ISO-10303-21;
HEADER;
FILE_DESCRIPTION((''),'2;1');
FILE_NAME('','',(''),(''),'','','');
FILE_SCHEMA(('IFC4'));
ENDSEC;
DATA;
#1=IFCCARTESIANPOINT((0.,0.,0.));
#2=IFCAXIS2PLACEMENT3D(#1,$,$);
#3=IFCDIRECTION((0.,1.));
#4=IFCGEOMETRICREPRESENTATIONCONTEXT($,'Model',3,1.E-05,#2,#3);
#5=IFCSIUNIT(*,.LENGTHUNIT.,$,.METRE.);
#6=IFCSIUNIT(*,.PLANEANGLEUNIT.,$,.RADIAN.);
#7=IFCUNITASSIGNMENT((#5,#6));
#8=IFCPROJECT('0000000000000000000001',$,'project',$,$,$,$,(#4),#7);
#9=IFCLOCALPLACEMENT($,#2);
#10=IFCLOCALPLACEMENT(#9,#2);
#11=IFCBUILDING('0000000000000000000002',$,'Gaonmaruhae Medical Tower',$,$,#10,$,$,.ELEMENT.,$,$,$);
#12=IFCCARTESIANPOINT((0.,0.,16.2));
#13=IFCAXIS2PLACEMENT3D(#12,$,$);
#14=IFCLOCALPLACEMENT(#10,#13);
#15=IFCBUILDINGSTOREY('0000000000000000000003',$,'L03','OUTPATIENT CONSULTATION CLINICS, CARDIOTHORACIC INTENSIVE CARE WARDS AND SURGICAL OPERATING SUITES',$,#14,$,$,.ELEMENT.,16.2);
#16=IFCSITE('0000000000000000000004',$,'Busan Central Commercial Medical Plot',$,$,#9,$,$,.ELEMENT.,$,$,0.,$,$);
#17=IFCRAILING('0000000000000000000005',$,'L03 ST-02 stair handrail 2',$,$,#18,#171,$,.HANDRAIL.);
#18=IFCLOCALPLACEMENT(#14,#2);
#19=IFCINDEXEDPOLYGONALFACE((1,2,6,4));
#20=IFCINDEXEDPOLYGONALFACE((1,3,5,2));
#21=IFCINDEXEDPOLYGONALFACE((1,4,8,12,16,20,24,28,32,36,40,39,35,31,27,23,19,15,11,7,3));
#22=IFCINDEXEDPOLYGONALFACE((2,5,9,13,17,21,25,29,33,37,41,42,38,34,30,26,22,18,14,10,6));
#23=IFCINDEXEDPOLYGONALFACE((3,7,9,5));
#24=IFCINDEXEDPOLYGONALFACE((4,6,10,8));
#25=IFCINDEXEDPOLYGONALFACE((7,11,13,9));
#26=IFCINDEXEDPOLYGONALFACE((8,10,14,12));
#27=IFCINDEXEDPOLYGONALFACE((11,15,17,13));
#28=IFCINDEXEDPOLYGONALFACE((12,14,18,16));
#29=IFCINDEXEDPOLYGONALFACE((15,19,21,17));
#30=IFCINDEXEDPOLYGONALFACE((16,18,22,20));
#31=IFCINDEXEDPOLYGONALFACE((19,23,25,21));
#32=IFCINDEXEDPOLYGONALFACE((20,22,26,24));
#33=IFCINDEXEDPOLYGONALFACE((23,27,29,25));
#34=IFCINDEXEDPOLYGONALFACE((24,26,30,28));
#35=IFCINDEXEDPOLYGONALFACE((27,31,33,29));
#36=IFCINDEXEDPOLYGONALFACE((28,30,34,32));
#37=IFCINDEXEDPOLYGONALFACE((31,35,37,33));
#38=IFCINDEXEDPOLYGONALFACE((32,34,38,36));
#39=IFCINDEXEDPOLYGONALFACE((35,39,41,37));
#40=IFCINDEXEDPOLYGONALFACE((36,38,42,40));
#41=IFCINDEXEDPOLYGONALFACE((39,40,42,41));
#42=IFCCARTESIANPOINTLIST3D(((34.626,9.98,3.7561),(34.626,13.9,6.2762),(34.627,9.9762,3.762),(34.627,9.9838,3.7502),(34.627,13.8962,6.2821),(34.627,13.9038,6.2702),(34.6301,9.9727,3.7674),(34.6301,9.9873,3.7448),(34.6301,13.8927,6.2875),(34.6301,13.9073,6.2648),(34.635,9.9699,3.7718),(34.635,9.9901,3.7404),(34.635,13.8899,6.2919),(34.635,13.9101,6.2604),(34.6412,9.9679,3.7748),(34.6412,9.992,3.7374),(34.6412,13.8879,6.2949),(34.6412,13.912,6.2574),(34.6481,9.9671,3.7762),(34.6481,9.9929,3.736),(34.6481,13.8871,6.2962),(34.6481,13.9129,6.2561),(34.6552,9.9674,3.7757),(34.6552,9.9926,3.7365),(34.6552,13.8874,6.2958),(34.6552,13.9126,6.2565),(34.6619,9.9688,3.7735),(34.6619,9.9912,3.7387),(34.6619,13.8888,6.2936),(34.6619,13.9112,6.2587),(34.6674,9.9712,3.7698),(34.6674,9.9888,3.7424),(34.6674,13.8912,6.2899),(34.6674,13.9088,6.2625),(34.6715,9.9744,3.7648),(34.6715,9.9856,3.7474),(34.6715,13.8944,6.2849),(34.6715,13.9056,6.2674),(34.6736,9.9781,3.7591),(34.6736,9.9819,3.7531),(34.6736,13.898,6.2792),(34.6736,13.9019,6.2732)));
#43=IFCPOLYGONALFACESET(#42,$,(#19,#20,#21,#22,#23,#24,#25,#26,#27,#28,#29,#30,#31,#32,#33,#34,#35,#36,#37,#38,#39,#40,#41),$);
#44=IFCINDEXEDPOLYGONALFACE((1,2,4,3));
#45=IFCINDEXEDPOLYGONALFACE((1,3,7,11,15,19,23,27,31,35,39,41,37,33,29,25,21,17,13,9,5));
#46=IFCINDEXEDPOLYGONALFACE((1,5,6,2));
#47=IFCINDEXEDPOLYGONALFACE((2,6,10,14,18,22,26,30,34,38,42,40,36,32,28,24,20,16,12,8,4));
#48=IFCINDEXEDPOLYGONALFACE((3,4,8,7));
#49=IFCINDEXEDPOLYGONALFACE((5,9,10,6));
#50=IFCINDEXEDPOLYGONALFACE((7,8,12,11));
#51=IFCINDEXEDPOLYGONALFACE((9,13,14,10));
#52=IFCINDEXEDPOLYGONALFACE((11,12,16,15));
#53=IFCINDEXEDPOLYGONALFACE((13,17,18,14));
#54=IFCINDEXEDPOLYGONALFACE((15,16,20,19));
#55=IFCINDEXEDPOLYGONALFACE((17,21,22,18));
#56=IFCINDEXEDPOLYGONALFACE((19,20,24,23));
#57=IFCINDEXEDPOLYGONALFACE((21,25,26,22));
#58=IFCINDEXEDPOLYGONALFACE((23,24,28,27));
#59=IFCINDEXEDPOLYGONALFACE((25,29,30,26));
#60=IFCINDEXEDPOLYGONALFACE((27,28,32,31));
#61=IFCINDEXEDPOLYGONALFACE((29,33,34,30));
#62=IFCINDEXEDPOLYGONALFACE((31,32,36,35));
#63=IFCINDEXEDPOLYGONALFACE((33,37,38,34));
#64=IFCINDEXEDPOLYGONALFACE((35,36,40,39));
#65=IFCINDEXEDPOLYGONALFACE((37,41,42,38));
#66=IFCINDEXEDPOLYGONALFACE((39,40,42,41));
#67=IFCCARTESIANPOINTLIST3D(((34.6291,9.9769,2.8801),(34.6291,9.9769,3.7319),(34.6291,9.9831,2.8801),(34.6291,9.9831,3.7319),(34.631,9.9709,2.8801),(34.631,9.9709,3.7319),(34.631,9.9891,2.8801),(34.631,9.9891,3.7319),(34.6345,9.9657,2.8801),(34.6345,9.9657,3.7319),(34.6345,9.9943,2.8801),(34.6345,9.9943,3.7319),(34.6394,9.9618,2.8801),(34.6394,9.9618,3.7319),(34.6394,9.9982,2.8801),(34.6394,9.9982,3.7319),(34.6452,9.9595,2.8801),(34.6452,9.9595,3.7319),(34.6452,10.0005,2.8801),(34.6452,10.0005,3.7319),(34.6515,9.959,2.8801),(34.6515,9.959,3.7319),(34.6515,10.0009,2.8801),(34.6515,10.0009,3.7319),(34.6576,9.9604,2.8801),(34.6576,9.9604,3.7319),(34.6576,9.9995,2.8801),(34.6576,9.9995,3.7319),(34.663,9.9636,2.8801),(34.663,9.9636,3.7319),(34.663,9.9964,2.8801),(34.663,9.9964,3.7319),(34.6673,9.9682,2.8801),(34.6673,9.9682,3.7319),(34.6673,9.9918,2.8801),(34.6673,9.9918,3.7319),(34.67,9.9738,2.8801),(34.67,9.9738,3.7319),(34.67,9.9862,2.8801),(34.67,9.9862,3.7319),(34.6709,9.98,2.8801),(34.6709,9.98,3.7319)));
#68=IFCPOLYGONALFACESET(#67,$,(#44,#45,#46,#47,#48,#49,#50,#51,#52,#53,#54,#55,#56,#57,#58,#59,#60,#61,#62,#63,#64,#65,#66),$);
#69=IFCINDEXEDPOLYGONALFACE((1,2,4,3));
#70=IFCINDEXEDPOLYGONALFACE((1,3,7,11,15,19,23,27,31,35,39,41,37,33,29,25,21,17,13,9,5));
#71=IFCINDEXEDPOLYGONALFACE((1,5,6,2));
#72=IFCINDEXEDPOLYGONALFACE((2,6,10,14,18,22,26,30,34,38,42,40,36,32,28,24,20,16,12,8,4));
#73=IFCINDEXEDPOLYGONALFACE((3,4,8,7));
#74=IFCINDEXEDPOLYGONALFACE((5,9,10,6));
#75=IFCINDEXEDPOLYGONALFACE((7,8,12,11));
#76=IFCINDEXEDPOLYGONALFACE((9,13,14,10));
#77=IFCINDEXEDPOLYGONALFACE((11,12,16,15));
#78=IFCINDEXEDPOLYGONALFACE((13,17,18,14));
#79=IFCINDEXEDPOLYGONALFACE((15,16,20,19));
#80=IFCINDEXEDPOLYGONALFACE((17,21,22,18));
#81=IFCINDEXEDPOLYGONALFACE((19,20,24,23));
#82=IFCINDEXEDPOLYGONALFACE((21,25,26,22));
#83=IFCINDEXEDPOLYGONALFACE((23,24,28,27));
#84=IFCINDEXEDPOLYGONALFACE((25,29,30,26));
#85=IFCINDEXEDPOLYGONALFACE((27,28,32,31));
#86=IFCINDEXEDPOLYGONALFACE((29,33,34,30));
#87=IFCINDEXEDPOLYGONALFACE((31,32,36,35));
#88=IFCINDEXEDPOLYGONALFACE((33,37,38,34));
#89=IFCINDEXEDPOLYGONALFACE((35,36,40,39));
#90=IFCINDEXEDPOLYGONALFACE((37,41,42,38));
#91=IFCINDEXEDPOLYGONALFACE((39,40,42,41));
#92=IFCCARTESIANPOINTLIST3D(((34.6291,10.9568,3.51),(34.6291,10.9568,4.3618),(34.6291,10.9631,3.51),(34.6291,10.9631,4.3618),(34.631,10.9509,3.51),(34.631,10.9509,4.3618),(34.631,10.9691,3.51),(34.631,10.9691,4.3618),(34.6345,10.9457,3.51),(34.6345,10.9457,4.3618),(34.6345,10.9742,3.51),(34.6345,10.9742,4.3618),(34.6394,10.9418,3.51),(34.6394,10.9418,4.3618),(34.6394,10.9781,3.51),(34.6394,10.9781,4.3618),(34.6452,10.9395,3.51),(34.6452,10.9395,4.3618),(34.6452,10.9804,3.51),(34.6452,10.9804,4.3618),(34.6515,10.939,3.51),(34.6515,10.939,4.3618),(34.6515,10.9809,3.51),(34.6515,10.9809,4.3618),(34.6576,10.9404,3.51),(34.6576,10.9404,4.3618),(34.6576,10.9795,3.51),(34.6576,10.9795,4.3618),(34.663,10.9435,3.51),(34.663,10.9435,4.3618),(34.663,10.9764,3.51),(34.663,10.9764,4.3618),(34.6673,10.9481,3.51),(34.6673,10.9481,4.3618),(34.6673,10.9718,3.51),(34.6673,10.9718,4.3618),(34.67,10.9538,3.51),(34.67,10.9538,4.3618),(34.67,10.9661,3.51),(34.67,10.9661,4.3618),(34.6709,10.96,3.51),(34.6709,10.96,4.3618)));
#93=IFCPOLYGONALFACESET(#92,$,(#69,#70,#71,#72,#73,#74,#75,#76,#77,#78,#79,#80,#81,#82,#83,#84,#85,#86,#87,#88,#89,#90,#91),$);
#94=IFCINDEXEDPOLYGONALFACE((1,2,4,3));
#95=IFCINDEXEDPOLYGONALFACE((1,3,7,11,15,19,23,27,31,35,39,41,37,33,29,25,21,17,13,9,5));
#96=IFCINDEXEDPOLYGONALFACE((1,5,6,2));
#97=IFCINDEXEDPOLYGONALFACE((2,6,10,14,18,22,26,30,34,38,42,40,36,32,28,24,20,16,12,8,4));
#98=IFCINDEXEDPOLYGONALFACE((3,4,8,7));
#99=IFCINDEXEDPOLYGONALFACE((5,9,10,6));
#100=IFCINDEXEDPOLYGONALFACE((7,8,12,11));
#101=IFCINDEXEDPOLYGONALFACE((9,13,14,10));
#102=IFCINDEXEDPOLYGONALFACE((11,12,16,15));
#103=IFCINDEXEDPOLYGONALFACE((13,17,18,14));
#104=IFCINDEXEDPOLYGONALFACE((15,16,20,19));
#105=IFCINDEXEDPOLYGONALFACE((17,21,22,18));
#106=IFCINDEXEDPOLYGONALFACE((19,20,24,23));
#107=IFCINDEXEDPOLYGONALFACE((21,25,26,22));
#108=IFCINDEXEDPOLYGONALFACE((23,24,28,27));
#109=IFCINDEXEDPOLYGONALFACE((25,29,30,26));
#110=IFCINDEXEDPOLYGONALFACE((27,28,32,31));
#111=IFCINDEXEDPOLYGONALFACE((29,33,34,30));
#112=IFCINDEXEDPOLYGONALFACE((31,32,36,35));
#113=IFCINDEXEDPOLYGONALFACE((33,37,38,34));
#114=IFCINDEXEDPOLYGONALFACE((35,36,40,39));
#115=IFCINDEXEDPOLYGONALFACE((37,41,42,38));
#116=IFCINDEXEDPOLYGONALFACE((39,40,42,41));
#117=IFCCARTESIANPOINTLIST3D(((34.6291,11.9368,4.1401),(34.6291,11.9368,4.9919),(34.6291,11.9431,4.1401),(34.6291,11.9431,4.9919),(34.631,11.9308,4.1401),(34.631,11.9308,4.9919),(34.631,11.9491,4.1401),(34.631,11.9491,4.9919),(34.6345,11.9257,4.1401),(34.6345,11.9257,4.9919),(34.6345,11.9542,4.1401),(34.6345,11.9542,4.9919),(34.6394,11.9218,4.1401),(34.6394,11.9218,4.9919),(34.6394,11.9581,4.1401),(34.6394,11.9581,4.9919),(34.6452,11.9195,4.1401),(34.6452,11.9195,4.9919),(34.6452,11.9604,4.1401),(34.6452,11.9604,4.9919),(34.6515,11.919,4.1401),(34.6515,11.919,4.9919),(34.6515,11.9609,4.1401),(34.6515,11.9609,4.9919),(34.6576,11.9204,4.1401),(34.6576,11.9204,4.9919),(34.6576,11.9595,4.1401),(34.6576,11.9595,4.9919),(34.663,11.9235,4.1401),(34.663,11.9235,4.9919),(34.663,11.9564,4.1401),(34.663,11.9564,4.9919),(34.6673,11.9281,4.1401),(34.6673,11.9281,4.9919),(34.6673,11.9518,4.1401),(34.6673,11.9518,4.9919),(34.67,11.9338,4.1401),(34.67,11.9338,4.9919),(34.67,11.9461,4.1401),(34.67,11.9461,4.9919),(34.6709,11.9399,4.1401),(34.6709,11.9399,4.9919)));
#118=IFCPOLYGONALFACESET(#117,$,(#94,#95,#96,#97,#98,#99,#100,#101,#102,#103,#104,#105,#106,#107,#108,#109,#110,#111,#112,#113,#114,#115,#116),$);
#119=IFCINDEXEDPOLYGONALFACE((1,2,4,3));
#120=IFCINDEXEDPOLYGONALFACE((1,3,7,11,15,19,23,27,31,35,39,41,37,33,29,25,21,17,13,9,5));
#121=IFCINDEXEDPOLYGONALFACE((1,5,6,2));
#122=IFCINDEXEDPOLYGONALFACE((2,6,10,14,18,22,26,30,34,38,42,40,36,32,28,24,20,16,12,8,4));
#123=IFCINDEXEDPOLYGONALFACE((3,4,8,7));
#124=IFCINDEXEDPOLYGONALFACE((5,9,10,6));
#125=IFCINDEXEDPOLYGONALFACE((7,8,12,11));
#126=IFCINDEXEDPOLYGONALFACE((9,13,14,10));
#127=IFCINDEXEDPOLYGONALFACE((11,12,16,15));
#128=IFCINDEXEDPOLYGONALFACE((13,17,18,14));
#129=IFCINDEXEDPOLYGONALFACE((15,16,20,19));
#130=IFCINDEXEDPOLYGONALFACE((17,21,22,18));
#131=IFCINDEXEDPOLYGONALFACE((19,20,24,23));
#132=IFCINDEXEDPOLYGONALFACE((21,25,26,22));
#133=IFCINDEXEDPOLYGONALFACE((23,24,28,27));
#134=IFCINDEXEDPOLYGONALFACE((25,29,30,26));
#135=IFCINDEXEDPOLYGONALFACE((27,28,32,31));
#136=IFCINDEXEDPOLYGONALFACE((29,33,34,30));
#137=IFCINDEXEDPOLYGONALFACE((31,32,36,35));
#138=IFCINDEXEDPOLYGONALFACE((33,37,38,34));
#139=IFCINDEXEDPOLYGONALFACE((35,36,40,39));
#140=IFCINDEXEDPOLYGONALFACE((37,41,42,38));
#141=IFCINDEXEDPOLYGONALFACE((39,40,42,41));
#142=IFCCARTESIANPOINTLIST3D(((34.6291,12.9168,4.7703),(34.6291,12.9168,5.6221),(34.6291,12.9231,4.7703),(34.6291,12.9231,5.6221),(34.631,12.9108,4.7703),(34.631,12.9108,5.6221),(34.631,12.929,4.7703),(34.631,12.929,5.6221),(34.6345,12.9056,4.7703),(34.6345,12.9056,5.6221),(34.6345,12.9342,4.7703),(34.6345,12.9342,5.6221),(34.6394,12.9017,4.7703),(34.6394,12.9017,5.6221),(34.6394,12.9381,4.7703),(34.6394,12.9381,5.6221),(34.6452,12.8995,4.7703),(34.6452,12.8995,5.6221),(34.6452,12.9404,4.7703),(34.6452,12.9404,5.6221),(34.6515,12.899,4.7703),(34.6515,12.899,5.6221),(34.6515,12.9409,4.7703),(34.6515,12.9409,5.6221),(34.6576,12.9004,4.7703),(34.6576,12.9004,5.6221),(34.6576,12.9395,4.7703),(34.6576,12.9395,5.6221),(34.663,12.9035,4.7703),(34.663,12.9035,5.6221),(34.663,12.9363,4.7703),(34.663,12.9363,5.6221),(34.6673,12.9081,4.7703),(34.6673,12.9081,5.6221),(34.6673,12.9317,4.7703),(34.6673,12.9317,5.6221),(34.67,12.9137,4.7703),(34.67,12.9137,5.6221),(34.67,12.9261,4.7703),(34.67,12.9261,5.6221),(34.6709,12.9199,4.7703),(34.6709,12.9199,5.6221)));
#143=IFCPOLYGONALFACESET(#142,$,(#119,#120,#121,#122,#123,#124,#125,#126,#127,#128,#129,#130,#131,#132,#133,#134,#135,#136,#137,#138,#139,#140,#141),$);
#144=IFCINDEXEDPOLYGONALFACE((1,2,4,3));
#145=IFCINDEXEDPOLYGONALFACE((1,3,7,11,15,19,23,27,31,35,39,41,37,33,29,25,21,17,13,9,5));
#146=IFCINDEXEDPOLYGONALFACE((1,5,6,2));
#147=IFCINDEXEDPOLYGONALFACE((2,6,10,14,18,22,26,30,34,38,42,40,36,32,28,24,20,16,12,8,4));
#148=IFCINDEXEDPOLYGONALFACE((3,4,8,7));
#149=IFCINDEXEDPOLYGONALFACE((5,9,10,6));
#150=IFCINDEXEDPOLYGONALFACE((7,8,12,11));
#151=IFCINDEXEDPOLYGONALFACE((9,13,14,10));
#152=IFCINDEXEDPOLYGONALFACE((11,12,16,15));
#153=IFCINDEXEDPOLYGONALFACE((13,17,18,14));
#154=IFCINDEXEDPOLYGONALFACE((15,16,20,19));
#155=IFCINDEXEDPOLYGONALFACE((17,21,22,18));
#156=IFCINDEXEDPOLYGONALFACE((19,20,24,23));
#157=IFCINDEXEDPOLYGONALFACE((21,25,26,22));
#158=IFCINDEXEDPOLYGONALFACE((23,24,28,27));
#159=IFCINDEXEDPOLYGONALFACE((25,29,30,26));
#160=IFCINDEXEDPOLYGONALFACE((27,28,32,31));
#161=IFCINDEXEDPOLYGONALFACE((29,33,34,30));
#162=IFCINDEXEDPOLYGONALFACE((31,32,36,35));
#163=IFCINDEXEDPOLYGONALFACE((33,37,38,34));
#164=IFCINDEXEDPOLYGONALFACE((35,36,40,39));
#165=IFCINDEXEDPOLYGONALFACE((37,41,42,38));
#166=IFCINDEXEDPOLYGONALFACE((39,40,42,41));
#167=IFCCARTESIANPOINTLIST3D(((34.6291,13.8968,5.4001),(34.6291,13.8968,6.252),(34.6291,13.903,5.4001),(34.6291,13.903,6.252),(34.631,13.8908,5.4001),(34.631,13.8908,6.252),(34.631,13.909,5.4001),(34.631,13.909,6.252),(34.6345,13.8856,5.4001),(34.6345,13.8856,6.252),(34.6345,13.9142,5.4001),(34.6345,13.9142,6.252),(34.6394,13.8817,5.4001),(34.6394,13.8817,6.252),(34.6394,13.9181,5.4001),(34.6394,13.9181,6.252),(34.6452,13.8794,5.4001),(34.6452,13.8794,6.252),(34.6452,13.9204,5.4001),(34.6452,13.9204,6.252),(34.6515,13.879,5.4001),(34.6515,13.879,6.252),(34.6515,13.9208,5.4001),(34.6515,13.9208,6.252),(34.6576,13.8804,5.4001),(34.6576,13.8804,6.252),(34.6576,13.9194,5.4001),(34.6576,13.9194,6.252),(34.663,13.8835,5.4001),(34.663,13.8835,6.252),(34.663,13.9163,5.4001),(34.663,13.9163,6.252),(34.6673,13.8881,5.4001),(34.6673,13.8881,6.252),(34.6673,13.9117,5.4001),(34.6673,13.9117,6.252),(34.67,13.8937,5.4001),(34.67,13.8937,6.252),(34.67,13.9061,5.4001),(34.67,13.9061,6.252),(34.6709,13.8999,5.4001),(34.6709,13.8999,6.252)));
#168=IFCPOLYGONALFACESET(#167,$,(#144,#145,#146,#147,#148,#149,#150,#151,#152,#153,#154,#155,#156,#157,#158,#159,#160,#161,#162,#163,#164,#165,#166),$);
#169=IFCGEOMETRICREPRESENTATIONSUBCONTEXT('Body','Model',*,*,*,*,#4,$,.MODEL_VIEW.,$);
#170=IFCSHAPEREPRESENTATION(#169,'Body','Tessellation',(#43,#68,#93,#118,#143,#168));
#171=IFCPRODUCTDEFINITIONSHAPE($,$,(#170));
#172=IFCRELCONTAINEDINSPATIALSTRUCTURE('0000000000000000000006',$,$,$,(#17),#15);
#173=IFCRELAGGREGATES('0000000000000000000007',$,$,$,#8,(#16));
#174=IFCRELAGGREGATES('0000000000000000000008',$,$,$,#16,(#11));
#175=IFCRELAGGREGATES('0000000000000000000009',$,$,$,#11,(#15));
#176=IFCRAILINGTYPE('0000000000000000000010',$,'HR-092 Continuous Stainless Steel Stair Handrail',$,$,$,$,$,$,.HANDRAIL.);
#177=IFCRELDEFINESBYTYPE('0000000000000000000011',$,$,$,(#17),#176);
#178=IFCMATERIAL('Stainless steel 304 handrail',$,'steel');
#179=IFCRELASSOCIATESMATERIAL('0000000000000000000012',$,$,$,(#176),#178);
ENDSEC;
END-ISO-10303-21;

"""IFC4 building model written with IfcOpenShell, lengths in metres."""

from ifc_helpers import new_model, si_unit, direction, frame, origin, origin_2d, place, context, subcontext, project, spatial, circle, extrude, material, type_object, element, save


model = new_model("IFC4")

# Units and contexts
model_context = context("Model", 3, precision=1e-05, world=origin(), true_north=direction((0.0, 1.0)))
body_context = subcontext(model_context, "Body", "Model", "MODEL_VIEW")
ifc_project = project(units=[si_unit("LENGTHUNIT", "METRE"), si_unit("PLANEANGLEUNIT", "RADIAN")], contexts=[model_context])

# Site, building, storey
site_placement = place(None, origin())
site = spatial("IfcSite", under=ifc_project, at=site_placement, Name="Busan Central Commercial Medical Plot", CompositionType="ELEMENT", RefElevation=0.0)
building_placement = place(site_placement, origin())
building = spatial("IfcBuilding", under=site, at=building_placement, Name="Gaonmaruhae Medical Tower", CompositionType="ELEMENT")
storey_placement = place(building_placement, frame((0.0, 0.0, 16.2)))
storey = spatial("IfcBuildingStorey", under=building, at=storey_placement, Name="L03", Description="OUTPATIENT CONSULTATION CLINICS, CARDIOTHORACIC INTENSIVE CARE WARDS AND SURGICAL OPERATING SUITES", CompositionType="ELEMENT", Elevation=16.2)

# Railing
ifc_material_1 = material(Name="Stainless steel 304 handrail", Category="steel")
railing_type_1 = type_object("IfcRailingType", Name="HR-092 Continuous Stainless Steel Stair Handrail", PredefinedType="HANDRAIL", material=ifc_material_1)
railing_1_placement = place(storey_placement, frame((34.6499, 9.98, 2.8801)))
element("IfcRailing", 1, at=railing_1_placement, inside=storey, type_object=railing_type_1, Name="L03 ST-02 stair handrail 2", PredefinedType="HANDRAIL", context=body_context, shape_type="SweptSolid", body=[
    extrude(circle(Radius=0.0239, at=origin_2d()), frame((0.0, 0.0, 0.876), z_axis=(0.0, 0.841172, 0.540768), x_axis=(-1.0, 0.0, 0.0)), (0.0, 0.0, 1.0), 4.6602),
    extrude(circle(Radius=0.021, at=origin_2d()), origin(), (0.0, 0.0, 1.0), 0.8518),
    extrude(circle(Radius=0.021, at=origin_2d()), frame((0.0, 0.98, 0.6299)), (0.0, 0.0, 1.0), 0.8518),
    extrude(circle(Radius=0.021, at=origin_2d()), frame((0.0, 1.96, 1.26)), (0.0, 0.0, 1.0), 0.8518),
    extrude(circle(Radius=0.021, at=origin_2d()), frame((0.0, 2.9399, 1.8901)), (0.0, 0.0, 1.0), 0.8518),
    extrude(circle(Radius=0.021, at=origin_2d()), frame((0.0, 3.9199, 2.52)), (0.0, 0.0, 1.0), 0.8518),
])

save(model, "model.ifc")
